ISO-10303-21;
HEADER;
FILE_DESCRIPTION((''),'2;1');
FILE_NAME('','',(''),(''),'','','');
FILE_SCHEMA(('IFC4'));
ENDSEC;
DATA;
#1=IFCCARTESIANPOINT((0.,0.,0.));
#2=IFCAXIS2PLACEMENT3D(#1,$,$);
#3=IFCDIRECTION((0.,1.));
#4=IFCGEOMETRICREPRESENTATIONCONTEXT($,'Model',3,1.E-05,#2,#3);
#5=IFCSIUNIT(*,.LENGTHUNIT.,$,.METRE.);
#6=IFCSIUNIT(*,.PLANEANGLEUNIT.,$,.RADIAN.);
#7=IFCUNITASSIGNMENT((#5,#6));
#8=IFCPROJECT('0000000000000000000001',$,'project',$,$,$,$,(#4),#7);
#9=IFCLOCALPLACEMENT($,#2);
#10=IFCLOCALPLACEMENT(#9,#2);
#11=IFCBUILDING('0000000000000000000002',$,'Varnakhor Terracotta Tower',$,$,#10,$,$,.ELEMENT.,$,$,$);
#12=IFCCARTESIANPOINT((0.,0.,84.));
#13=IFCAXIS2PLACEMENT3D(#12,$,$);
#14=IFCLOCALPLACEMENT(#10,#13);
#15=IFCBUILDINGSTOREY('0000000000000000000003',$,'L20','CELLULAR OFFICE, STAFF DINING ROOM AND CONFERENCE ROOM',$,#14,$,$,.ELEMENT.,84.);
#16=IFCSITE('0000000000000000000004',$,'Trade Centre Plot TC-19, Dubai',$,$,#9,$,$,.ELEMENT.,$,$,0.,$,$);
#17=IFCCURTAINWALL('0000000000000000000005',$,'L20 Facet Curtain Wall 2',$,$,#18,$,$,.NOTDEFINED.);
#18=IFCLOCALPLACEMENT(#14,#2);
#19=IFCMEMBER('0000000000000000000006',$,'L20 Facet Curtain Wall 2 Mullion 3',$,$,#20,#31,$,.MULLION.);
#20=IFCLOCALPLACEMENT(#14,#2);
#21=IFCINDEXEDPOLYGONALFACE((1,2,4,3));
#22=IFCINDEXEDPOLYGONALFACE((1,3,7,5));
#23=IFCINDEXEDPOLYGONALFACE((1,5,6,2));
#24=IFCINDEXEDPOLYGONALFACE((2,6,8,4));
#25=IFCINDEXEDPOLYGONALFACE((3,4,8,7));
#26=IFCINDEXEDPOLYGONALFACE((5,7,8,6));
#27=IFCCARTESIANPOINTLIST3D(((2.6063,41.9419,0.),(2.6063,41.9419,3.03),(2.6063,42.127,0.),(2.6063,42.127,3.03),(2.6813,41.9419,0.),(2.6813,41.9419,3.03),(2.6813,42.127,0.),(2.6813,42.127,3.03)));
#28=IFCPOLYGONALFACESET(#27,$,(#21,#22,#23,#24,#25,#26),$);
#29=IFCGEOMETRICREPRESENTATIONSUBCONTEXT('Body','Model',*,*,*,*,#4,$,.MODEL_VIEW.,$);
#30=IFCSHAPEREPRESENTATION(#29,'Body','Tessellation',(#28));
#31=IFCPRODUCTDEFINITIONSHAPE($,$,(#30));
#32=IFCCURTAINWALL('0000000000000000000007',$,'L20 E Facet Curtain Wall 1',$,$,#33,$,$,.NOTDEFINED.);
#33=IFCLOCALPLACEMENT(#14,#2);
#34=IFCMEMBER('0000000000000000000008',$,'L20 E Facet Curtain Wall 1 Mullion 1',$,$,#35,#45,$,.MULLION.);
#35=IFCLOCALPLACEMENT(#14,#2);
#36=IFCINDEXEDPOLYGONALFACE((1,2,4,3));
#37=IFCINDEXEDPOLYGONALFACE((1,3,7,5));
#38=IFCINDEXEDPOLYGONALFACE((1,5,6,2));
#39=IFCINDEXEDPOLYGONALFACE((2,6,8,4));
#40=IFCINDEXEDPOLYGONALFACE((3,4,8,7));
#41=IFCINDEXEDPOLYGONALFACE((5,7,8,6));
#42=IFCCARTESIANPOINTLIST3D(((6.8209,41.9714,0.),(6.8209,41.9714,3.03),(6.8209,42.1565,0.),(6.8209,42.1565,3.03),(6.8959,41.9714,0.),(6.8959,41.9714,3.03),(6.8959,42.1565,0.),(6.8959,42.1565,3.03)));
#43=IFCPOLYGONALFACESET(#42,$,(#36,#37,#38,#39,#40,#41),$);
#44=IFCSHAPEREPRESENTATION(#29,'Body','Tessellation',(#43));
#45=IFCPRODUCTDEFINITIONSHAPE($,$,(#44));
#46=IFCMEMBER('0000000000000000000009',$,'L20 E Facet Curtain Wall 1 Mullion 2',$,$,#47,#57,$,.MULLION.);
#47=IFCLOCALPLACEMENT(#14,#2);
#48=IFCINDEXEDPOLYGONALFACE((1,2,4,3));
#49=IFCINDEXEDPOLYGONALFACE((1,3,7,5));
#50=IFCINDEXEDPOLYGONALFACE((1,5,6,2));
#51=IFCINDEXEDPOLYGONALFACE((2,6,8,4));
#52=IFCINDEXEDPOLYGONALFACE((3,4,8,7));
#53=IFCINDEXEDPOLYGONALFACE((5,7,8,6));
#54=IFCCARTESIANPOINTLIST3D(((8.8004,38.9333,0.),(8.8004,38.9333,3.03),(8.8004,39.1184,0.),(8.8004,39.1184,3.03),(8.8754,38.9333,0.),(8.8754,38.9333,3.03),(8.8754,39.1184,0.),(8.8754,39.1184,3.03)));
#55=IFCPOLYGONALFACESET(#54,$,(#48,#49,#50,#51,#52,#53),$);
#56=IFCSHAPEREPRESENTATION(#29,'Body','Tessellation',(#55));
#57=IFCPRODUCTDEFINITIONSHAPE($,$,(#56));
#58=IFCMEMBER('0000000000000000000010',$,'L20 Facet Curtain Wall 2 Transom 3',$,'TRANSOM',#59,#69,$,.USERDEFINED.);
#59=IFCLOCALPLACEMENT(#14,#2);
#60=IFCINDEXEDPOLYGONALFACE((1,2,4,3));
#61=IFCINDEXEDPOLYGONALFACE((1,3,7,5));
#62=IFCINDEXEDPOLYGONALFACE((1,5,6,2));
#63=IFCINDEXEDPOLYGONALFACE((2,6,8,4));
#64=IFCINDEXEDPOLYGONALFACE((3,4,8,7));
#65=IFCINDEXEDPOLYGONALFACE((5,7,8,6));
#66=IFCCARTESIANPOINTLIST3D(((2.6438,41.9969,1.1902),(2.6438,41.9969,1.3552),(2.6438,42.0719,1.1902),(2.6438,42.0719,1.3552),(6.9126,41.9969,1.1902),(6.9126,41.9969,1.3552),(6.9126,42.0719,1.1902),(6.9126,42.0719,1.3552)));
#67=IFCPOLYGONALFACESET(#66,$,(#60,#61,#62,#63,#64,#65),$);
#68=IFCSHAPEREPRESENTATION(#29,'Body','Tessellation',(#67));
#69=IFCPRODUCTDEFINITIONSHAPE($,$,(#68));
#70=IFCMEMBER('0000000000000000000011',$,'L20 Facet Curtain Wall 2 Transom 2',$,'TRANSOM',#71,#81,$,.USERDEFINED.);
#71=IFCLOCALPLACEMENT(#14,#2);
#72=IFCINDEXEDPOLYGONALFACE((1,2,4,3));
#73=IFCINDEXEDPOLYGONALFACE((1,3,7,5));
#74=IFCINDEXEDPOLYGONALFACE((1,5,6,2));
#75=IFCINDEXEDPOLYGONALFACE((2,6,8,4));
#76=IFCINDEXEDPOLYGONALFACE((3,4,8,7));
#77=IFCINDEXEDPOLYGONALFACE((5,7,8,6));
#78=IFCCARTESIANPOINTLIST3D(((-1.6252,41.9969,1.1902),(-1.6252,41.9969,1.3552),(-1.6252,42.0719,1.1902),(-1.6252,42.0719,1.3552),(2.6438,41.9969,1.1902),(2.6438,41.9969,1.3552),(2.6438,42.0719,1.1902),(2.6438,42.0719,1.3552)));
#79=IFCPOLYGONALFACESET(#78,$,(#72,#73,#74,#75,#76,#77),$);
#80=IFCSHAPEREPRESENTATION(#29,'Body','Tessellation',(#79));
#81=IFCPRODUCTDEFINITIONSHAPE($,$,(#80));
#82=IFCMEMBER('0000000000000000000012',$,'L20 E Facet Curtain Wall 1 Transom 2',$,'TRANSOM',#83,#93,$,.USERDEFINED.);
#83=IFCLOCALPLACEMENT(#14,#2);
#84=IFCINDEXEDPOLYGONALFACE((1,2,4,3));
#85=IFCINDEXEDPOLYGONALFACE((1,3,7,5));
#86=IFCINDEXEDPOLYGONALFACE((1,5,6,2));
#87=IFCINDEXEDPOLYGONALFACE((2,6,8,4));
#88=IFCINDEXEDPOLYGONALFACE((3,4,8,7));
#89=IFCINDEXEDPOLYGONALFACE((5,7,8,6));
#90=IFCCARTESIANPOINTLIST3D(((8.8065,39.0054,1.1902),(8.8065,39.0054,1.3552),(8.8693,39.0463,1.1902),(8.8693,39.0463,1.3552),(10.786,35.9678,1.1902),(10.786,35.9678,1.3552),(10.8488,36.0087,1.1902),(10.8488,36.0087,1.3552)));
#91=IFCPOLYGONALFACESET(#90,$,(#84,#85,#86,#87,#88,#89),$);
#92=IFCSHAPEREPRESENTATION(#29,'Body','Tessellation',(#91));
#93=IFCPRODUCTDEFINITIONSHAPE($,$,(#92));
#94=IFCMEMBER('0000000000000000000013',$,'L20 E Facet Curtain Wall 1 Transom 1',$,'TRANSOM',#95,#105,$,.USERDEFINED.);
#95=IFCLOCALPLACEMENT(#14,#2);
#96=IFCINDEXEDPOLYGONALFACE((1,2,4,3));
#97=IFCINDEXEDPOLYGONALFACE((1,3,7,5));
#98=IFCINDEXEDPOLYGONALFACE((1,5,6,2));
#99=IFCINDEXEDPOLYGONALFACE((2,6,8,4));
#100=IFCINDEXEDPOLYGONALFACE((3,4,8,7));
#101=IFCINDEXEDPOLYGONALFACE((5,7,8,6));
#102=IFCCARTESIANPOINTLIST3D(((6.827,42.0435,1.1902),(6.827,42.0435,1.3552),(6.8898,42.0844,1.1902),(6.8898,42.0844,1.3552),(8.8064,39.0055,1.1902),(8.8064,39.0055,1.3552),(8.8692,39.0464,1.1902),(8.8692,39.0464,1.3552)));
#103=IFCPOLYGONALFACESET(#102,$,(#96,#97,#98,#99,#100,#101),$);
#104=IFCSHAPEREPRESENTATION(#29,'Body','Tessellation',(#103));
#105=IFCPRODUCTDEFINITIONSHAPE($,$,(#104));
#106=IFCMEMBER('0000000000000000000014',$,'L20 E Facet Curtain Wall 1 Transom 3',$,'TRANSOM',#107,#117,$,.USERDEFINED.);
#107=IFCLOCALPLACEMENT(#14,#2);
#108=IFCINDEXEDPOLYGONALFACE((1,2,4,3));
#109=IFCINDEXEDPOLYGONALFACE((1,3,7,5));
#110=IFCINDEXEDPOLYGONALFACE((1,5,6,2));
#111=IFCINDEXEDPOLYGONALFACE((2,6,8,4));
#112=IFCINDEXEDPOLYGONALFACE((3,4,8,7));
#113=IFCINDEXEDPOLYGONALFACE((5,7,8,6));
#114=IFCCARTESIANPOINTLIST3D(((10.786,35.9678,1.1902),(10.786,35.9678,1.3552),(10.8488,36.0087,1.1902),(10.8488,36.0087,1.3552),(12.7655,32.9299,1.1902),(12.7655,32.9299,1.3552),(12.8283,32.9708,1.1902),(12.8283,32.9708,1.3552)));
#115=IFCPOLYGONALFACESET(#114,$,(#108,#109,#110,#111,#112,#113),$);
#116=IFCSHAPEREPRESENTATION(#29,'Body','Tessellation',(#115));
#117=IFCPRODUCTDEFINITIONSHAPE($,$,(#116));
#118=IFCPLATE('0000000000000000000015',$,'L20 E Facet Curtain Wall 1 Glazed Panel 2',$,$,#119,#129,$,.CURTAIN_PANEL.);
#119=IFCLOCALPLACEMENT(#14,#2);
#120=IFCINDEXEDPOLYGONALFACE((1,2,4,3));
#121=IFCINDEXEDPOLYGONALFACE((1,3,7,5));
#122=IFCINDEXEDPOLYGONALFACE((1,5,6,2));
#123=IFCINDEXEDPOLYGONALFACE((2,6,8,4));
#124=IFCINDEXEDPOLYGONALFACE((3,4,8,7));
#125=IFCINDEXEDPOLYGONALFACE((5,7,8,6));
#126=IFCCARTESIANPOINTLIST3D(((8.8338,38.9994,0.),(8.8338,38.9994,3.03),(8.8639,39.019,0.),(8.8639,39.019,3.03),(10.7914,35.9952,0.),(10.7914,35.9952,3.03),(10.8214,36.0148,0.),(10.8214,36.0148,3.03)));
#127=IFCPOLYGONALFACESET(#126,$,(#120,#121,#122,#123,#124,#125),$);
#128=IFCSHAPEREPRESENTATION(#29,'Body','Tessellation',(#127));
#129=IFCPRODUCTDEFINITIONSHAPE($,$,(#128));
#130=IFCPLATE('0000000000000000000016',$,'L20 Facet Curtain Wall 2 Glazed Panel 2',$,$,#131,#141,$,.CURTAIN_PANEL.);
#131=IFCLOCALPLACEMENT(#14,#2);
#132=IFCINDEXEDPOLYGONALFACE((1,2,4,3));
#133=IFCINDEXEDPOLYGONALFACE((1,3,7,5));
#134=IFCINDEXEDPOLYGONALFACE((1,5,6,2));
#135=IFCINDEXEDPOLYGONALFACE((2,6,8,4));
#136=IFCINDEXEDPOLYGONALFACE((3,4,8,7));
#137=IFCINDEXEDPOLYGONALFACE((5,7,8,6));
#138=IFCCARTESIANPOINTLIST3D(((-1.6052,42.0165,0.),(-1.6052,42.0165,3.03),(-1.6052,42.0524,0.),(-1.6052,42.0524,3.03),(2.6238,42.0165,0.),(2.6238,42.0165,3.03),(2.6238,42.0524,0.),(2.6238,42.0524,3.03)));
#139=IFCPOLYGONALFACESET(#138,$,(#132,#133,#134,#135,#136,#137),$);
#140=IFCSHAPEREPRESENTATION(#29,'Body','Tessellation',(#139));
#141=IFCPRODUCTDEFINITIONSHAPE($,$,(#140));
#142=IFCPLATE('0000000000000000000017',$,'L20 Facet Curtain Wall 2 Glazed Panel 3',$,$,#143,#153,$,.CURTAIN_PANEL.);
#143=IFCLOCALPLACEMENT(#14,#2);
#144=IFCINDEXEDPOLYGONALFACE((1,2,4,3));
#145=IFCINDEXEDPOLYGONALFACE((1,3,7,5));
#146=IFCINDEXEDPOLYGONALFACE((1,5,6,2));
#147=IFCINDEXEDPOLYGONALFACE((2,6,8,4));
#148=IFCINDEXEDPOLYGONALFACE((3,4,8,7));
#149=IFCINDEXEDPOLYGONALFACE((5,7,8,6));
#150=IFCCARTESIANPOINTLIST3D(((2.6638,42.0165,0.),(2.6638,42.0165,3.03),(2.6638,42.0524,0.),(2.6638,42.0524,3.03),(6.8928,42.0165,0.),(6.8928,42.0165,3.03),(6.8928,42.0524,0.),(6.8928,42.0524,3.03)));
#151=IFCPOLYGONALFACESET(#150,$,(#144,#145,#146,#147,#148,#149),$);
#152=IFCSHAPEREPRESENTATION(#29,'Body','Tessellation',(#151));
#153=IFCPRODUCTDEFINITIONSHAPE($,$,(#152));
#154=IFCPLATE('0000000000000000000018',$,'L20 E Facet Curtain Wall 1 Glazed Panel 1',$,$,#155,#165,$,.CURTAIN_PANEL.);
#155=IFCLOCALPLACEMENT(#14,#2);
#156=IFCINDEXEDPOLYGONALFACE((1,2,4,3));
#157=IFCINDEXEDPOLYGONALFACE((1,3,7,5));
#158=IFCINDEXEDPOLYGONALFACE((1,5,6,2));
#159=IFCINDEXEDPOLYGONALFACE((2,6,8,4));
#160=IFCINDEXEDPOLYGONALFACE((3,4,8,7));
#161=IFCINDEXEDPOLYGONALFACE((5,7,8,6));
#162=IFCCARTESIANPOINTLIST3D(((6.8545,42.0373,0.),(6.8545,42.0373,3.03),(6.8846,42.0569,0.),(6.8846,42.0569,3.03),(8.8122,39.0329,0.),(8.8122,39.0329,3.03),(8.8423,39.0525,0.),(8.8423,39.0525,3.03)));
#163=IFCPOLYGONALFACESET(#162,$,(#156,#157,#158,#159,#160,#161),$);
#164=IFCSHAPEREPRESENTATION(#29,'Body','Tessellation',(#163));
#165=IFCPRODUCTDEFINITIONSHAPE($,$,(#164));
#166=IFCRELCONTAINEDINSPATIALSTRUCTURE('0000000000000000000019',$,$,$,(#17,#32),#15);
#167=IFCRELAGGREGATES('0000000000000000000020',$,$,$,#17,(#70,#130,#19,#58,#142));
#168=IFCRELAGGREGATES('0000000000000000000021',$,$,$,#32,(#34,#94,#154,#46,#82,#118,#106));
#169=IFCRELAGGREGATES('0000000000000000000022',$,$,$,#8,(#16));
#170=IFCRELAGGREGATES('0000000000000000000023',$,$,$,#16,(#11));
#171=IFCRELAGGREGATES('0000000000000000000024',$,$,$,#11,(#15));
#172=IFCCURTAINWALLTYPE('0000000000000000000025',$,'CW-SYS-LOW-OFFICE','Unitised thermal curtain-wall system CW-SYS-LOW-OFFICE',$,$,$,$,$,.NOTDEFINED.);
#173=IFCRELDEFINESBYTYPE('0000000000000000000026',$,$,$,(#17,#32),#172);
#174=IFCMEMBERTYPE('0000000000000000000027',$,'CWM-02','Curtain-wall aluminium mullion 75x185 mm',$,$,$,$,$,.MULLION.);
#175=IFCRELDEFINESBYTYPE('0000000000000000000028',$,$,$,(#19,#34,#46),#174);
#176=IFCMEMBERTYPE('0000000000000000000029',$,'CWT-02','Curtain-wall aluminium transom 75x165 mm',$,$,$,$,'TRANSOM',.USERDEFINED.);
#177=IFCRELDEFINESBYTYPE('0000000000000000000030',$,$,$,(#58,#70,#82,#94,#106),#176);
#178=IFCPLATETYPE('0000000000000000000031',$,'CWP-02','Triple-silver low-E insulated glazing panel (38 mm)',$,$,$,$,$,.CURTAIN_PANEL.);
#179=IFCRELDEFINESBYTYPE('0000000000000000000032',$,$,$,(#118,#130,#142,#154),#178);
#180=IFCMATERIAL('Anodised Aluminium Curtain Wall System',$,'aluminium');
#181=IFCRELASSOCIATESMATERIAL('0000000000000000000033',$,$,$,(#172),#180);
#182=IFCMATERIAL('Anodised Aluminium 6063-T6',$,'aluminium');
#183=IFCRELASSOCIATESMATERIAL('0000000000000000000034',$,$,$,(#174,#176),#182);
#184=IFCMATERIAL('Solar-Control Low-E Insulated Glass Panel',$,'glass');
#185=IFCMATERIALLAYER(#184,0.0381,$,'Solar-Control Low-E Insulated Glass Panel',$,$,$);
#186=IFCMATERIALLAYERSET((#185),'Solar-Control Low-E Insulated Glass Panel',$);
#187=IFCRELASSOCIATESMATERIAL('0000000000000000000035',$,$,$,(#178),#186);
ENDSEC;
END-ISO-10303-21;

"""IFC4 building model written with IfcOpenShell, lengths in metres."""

from ifc_helpers import new_model, si_unit, direction, frame, origin, origin_2d, place, context, subcontext, project, spatial, rectangle, extrude, source, transform, mapped, material, layer, layer_set, material_profile, profile_set, type_object, type_shapes, element, aggregate, save


model = new_model("IFC4")

# Units and contexts
model_context = context("Model", 3, precision=1e-05, world=origin(), true_north=direction((0.0, 1.0)))
body_context = subcontext(model_context, "Body", "Model", "MODEL_VIEW")
ifc_project = project(units=[si_unit("LENGTHUNIT", "METRE"), si_unit("PLANEANGLEUNIT", "RADIAN")], contexts=[model_context])

# Site, building, storey
site_placement = place(None, origin())
site = spatial("IfcSite", under=ifc_project, at=site_placement, Name="Trade Centre Plot TC-19, Dubai", CompositionType="ELEMENT", RefElevation=0.0)
building_placement = place(site_placement, origin())
building = spatial("IfcBuilding", under=site, at=building_placement, Name="Varnakhor Terracotta Tower", CompositionType="ELEMENT")
storey_placement = place(building_placement, frame((0.0, 0.0, 84.0)))
storey = spatial("IfcBuildingStorey", under=building, at=storey_placement, Name="L20", Description="CELLULAR OFFICE, STAFF DINING ROOM AND CONFERENCE ROOM", CompositionType="ELEMENT", Elevation=84.0)

# Curtain walls, members
ifc_material_1 = material(Name="Anodised Aluminium Curtain Wall System", Category="aluminium")
curtain_wall_type = type_object("IfcCurtainWallType", Name="CW-SYS-LOW-OFFICE", Description="Unitised thermal curtain-wall system CW-SYS-LOW-OFFICE", PredefinedType="NOTDEFINED", material=ifc_material_1)
curtain_wall_1_placement = place(storey_placement, origin())
curtain_wall_1 = element("IfcCurtainWall", 1, at=curtain_wall_1_placement, inside=storey, type_object=curtain_wall_type, Name="L20 Facet Curtain Wall 2", PredefinedType="NOTDEFINED")
ifc_material_2 = material(Name="Anodised Aluminium 6063-T6", Category="aluminium")
ifc_material_profile_1 = material_profile(ifc_material_2, rectangle(XDim=0.075, YDim=0.1851, at=origin_2d()), Name="ALU MULLION 75x185")
ifc_profile_set_1 = profile_set([ifc_material_profile_1], Name="Anodised Aluminium 6063-T6")
member_type_1 = type_object("IfcMemberType", Name="CWM-02", Description="Curtain-wall aluminium mullion 75x185 mm", PredefinedType="MULLION", material=ifc_profile_set_1)
shared_shape_1 = source(origin(), body_context, "Body", "SweptSolid", [
    extrude(rectangle(XDim=0.075, YDim=0.1851, at=origin_2d()), origin(), (0.0, 0.0, 1.0), 3.03),
])
type_shapes(member_type_1, [shared_shape_1])
member_1_placement = place(storey_placement, frame((2.6438, 42.0344, 0.0), z_axis=(0.0, 0.0, 1.0), x_axis=(1.0, 0.0, 0.0)))
member_1 = element("IfcMember", 2, at=member_1_placement, type_object=member_type_1, Name="L20 Facet Curtain Wall 2 Mullion 3", PredefinedType="MULLION", context=body_context, shape_type="MappedRepresentation", body=[
    mapped(shared_shape_1, transform((0.0, 0.0, 0.0), scale=1.0)),
])
curtain_wall_2_placement = place(storey_placement, origin())
curtain_wall_2 = element("IfcCurtainWall", 3, at=curtain_wall_2_placement, inside=storey, type_object=curtain_wall_type, Name="L20 E Facet Curtain Wall 1", PredefinedType="NOTDEFINED")
member_2_placement = place(storey_placement, frame((6.8584, 42.064, 0.0), z_axis=(0.0, 0.0, 1.0), x_axis=(1.0, 0.0, 0.0)))
member_2 = element("IfcMember", 4, at=member_2_placement, type_object=member_type_1, Name="L20 E Facet Curtain Wall 1 Mullion 1", PredefinedType="MULLION", context=body_context, shape_type="MappedRepresentation", body=[
    mapped(shared_shape_1, transform((0.0, 0.0, 0.0), scale=1.0)),
])
member_3_placement = place(storey_placement, frame((8.8379, 39.0259, 0.0), z_axis=(0.0, 0.0, 1.0), x_axis=(1.0, 0.0, 0.0)))
member_3 = element("IfcMember", 5, at=member_3_placement, type_object=member_type_1, Name="L20 E Facet Curtain Wall 1 Mullion 2", PredefinedType="MULLION", context=body_context, shape_type="MappedRepresentation", body=[
    mapped(shared_shape_1, transform((0.0, 0.0, 0.0), scale=1.0)),
])

# Members
ifc_material_profile_2 = material_profile(ifc_material_2, rectangle(XDim=0.075, YDim=0.165, at=origin_2d()), Name="ALU TRANSOM 75x165")
ifc_profile_set_2 = profile_set([ifc_material_profile_2], Name="Anodised Aluminium 6063-T6")
member_type_2 = type_object("IfcMemberType", Name="CWT-02", Description="Curtain-wall aluminium transom 75x165 mm", ElementType="TRANSOM", PredefinedType="USERDEFINED", material=ifc_profile_set_2)
shared_shape_2 = source(origin(), body_context, "Body", "SweptSolid", [
    extrude(rectangle(XDim=0.075, YDim=0.165, at=origin_2d()), origin(), (0.0, 0.0, 1.0), 4.2688),
])
member_4_placement = place(storey_placement, frame((2.6438, 42.0344, 1.2727), z_axis=(1.0, 0.0, 0.0), x_axis=(0.0, 1.0, 0.0)))
member_4 = element("IfcMember", 6, at=member_4_placement, type_object=member_type_2, Name="L20 Facet Curtain Wall 2 Transom 3", ObjectType="TRANSOM", PredefinedType="USERDEFINED", context=body_context, shape_type="MappedRepresentation", body=[
    mapped(shared_shape_2, transform((0.0, 0.0, 0.0), scale=1.0)),
])
shared_shape_3 = source(origin(), body_context, "Body", "SweptSolid", [
    extrude(rectangle(XDim=0.075, YDim=0.165, at=origin_2d()), origin(), (0.0, 0.0, 1.0), 4.269),
])
member_5_placement = place(storey_placement, frame((-1.6252, 42.0344, 1.2727), z_axis=(1.0, 0.0, 0.0), x_axis=(0.0, 1.0, 0.0)))
member_5 = element("IfcMember", 7, at=member_5_placement, type_object=member_type_2, Name="L20 Facet Curtain Wall 2 Transom 2", ObjectType="TRANSOM", PredefinedType="USERDEFINED", context=body_context, shape_type="MappedRepresentation", body=[
    mapped(shared_shape_3, transform((0.0, 0.0, 0.0), scale=1.0)),
])
shared_shape_4 = source(origin(), body_context, "Body", "SweptSolid", [
    extrude(rectangle(XDim=0.075, YDim=0.165, at=origin_2d()), origin(), (0.0, 0.0, 1.0), 3.6257),
])
member_6_placement = place(storey_placement, frame((8.8379, 39.0259, 1.2727), z_axis=(0.545968, -0.837806, 0.0), x_axis=(0.837806, 0.545968, 0.0)))
member_6 = element("IfcMember", 8, at=member_6_placement, type_object=member_type_2, Name="L20 E Facet Curtain Wall 1 Transom 2", ObjectType="TRANSOM", PredefinedType="USERDEFINED", context=body_context, shape_type="MappedRepresentation", body=[
    mapped(shared_shape_4, transform((0.0, 0.0, 0.0), scale=1.0)),
])
shared_shape_5 = source(origin(), body_context, "Body", "SweptSolid", [
    extrude(rectangle(XDim=0.075, YDim=0.165, at=origin_2d()), origin(), (0.0, 0.0, 1.0), 3.626),
])
member_7_placement = place(storey_placement, frame((6.8584, 42.064, 1.2727), z_axis=(0.545906, -0.837846, 0.0), x_axis=(0.837846, 0.545906, 0.0)))
member_7 = element("IfcMember", 9, at=member_7_placement, type_object=member_type_2, Name="L20 E Facet Curtain Wall 1 Transom 1", ObjectType="TRANSOM", PredefinedType="USERDEFINED", context=body_context, shape_type="MappedRepresentation", body=[
    mapped(shared_shape_5, transform((0.0, 0.0, 0.0), scale=1.0)),
])
member_8_placement = place(storey_placement, frame((10.8174, 35.9883, 1.2727), z_axis=(0.545937, -0.837826, 0.0), x_axis=(0.837826, 0.545937, 0.0)))
member_8 = element("IfcMember", 10, at=member_8_placement, type_object=member_type_2, Name="L20 E Facet Curtain Wall 1 Transom 3", ObjectType="TRANSOM", PredefinedType="USERDEFINED", context=body_context, shape_type="MappedRepresentation", body=[
    mapped(shared_shape_5, transform((0.0, 0.0, 0.0), scale=1.0)),
])

# Plates
ifc_material_3 = material(Name="Solar-Control Low-E Insulated Glass Panel", Category="glass")
ifc_layer = layer(ifc_material_3, 0.0381, Name="Solar-Control Low-E Insulated Glass Panel")
ifc_layer_set = layer_set([ifc_layer], Name="Solar-Control Low-E Insulated Glass Panel")
plate_type = type_object("IfcPlateType", Name="CWP-02", Description="Triple-silver low-E insulated glazing panel (38 mm)", PredefinedType="CURTAIN_PANEL", material=ifc_layer_set)
shared_shape_6 = source(origin(), body_context, "Body", "SweptSolid", [
    extrude(rectangle(XDim=3.5857, YDim=0.0359, at=origin_2d()), origin(), (0.0, 0.0, 1.0), 3.03),
])
plate_1_placement = place(storey_placement, frame((9.8276, 37.5071, 0.0), z_axis=(0.0, 0.0, 1.0), x_axis=(0.545926, -0.837833, 0.0)))
plate_1 = element("IfcPlate", 11, at=plate_1_placement, type_object=plate_type, Name="L20 E Facet Curtain Wall 1 Glazed Panel 2", PredefinedType="CURTAIN_PANEL", context=body_context, shape_type="MappedRepresentation", body=[
    mapped(shared_shape_6, transform((0.0, 0.0, 0.0), scale=1.0)),
])
shared_shape_7 = source(origin(), body_context, "Body", "SweptSolid", [
    extrude(rectangle(XDim=4.229, YDim=0.0359, at=origin_2d()), origin(), (0.0, 0.0, 1.0), 3.03),
])
plate_2_placement = place(storey_placement, frame((0.5093, 42.0344, 0.0), z_axis=(0.0, 0.0, 1.0), x_axis=(1.0, 0.0, 0.0)))
plate_2 = element("IfcPlate", 12, at=plate_2_placement, type_object=plate_type, Name="L20 Facet Curtain Wall 2 Glazed Panel 2", PredefinedType="CURTAIN_PANEL", context=body_context, shape_type="MappedRepresentation", body=[
    mapped(shared_shape_7, transform((0.0, 0.0, 0.0), scale=1.0)),
])
plate_3_placement = place(storey_placement, frame((4.7783, 42.0344, 0.0), z_axis=(0.0, 0.0, 1.0), x_axis=(1.0, 0.0, 0.0)))
plate_3 = element("IfcPlate", 13, at=plate_3_placement, type_object=plate_type, Name="L20 Facet Curtain Wall 2 Glazed Panel 3", PredefinedType="CURTAIN_PANEL", context=body_context, shape_type="MappedRepresentation", body=[
    mapped(shared_shape_7, transform((0.0, 0.0, 0.0), scale=1.0)),
])
aggregate(curtain_wall_1, [member_5, plate_2, member_1, member_4, plate_3])
shared_shape_8 = source(origin(), body_context, "Body", "SweptSolid", [
    extrude(rectangle(XDim=3.5859, YDim=0.0359, at=origin_2d()), origin(), (0.0, 0.0, 1.0), 3.03),
])
plate_4_placement = place(storey_placement, frame((7.8484, 40.5449, 0.0), z_axis=(0.0, 0.0, 1.0), x_axis=(0.545926, -0.837833, 0.0)))
plate_4 = element("IfcPlate", 14, at=plate_4_placement, type_object=plate_type, Name="L20 E Facet Curtain Wall 1 Glazed Panel 1", PredefinedType="CURTAIN_PANEL", context=body_context, shape_type="MappedRepresentation", body=[
    mapped(shared_shape_8, transform((0.0, 0.0, 0.0), scale=1.0)),
])
aggregate(curtain_wall_2, [member_2, member_7, plate_4, member_3, member_6, plate_1, member_8])

save(model, "model.ifc")
